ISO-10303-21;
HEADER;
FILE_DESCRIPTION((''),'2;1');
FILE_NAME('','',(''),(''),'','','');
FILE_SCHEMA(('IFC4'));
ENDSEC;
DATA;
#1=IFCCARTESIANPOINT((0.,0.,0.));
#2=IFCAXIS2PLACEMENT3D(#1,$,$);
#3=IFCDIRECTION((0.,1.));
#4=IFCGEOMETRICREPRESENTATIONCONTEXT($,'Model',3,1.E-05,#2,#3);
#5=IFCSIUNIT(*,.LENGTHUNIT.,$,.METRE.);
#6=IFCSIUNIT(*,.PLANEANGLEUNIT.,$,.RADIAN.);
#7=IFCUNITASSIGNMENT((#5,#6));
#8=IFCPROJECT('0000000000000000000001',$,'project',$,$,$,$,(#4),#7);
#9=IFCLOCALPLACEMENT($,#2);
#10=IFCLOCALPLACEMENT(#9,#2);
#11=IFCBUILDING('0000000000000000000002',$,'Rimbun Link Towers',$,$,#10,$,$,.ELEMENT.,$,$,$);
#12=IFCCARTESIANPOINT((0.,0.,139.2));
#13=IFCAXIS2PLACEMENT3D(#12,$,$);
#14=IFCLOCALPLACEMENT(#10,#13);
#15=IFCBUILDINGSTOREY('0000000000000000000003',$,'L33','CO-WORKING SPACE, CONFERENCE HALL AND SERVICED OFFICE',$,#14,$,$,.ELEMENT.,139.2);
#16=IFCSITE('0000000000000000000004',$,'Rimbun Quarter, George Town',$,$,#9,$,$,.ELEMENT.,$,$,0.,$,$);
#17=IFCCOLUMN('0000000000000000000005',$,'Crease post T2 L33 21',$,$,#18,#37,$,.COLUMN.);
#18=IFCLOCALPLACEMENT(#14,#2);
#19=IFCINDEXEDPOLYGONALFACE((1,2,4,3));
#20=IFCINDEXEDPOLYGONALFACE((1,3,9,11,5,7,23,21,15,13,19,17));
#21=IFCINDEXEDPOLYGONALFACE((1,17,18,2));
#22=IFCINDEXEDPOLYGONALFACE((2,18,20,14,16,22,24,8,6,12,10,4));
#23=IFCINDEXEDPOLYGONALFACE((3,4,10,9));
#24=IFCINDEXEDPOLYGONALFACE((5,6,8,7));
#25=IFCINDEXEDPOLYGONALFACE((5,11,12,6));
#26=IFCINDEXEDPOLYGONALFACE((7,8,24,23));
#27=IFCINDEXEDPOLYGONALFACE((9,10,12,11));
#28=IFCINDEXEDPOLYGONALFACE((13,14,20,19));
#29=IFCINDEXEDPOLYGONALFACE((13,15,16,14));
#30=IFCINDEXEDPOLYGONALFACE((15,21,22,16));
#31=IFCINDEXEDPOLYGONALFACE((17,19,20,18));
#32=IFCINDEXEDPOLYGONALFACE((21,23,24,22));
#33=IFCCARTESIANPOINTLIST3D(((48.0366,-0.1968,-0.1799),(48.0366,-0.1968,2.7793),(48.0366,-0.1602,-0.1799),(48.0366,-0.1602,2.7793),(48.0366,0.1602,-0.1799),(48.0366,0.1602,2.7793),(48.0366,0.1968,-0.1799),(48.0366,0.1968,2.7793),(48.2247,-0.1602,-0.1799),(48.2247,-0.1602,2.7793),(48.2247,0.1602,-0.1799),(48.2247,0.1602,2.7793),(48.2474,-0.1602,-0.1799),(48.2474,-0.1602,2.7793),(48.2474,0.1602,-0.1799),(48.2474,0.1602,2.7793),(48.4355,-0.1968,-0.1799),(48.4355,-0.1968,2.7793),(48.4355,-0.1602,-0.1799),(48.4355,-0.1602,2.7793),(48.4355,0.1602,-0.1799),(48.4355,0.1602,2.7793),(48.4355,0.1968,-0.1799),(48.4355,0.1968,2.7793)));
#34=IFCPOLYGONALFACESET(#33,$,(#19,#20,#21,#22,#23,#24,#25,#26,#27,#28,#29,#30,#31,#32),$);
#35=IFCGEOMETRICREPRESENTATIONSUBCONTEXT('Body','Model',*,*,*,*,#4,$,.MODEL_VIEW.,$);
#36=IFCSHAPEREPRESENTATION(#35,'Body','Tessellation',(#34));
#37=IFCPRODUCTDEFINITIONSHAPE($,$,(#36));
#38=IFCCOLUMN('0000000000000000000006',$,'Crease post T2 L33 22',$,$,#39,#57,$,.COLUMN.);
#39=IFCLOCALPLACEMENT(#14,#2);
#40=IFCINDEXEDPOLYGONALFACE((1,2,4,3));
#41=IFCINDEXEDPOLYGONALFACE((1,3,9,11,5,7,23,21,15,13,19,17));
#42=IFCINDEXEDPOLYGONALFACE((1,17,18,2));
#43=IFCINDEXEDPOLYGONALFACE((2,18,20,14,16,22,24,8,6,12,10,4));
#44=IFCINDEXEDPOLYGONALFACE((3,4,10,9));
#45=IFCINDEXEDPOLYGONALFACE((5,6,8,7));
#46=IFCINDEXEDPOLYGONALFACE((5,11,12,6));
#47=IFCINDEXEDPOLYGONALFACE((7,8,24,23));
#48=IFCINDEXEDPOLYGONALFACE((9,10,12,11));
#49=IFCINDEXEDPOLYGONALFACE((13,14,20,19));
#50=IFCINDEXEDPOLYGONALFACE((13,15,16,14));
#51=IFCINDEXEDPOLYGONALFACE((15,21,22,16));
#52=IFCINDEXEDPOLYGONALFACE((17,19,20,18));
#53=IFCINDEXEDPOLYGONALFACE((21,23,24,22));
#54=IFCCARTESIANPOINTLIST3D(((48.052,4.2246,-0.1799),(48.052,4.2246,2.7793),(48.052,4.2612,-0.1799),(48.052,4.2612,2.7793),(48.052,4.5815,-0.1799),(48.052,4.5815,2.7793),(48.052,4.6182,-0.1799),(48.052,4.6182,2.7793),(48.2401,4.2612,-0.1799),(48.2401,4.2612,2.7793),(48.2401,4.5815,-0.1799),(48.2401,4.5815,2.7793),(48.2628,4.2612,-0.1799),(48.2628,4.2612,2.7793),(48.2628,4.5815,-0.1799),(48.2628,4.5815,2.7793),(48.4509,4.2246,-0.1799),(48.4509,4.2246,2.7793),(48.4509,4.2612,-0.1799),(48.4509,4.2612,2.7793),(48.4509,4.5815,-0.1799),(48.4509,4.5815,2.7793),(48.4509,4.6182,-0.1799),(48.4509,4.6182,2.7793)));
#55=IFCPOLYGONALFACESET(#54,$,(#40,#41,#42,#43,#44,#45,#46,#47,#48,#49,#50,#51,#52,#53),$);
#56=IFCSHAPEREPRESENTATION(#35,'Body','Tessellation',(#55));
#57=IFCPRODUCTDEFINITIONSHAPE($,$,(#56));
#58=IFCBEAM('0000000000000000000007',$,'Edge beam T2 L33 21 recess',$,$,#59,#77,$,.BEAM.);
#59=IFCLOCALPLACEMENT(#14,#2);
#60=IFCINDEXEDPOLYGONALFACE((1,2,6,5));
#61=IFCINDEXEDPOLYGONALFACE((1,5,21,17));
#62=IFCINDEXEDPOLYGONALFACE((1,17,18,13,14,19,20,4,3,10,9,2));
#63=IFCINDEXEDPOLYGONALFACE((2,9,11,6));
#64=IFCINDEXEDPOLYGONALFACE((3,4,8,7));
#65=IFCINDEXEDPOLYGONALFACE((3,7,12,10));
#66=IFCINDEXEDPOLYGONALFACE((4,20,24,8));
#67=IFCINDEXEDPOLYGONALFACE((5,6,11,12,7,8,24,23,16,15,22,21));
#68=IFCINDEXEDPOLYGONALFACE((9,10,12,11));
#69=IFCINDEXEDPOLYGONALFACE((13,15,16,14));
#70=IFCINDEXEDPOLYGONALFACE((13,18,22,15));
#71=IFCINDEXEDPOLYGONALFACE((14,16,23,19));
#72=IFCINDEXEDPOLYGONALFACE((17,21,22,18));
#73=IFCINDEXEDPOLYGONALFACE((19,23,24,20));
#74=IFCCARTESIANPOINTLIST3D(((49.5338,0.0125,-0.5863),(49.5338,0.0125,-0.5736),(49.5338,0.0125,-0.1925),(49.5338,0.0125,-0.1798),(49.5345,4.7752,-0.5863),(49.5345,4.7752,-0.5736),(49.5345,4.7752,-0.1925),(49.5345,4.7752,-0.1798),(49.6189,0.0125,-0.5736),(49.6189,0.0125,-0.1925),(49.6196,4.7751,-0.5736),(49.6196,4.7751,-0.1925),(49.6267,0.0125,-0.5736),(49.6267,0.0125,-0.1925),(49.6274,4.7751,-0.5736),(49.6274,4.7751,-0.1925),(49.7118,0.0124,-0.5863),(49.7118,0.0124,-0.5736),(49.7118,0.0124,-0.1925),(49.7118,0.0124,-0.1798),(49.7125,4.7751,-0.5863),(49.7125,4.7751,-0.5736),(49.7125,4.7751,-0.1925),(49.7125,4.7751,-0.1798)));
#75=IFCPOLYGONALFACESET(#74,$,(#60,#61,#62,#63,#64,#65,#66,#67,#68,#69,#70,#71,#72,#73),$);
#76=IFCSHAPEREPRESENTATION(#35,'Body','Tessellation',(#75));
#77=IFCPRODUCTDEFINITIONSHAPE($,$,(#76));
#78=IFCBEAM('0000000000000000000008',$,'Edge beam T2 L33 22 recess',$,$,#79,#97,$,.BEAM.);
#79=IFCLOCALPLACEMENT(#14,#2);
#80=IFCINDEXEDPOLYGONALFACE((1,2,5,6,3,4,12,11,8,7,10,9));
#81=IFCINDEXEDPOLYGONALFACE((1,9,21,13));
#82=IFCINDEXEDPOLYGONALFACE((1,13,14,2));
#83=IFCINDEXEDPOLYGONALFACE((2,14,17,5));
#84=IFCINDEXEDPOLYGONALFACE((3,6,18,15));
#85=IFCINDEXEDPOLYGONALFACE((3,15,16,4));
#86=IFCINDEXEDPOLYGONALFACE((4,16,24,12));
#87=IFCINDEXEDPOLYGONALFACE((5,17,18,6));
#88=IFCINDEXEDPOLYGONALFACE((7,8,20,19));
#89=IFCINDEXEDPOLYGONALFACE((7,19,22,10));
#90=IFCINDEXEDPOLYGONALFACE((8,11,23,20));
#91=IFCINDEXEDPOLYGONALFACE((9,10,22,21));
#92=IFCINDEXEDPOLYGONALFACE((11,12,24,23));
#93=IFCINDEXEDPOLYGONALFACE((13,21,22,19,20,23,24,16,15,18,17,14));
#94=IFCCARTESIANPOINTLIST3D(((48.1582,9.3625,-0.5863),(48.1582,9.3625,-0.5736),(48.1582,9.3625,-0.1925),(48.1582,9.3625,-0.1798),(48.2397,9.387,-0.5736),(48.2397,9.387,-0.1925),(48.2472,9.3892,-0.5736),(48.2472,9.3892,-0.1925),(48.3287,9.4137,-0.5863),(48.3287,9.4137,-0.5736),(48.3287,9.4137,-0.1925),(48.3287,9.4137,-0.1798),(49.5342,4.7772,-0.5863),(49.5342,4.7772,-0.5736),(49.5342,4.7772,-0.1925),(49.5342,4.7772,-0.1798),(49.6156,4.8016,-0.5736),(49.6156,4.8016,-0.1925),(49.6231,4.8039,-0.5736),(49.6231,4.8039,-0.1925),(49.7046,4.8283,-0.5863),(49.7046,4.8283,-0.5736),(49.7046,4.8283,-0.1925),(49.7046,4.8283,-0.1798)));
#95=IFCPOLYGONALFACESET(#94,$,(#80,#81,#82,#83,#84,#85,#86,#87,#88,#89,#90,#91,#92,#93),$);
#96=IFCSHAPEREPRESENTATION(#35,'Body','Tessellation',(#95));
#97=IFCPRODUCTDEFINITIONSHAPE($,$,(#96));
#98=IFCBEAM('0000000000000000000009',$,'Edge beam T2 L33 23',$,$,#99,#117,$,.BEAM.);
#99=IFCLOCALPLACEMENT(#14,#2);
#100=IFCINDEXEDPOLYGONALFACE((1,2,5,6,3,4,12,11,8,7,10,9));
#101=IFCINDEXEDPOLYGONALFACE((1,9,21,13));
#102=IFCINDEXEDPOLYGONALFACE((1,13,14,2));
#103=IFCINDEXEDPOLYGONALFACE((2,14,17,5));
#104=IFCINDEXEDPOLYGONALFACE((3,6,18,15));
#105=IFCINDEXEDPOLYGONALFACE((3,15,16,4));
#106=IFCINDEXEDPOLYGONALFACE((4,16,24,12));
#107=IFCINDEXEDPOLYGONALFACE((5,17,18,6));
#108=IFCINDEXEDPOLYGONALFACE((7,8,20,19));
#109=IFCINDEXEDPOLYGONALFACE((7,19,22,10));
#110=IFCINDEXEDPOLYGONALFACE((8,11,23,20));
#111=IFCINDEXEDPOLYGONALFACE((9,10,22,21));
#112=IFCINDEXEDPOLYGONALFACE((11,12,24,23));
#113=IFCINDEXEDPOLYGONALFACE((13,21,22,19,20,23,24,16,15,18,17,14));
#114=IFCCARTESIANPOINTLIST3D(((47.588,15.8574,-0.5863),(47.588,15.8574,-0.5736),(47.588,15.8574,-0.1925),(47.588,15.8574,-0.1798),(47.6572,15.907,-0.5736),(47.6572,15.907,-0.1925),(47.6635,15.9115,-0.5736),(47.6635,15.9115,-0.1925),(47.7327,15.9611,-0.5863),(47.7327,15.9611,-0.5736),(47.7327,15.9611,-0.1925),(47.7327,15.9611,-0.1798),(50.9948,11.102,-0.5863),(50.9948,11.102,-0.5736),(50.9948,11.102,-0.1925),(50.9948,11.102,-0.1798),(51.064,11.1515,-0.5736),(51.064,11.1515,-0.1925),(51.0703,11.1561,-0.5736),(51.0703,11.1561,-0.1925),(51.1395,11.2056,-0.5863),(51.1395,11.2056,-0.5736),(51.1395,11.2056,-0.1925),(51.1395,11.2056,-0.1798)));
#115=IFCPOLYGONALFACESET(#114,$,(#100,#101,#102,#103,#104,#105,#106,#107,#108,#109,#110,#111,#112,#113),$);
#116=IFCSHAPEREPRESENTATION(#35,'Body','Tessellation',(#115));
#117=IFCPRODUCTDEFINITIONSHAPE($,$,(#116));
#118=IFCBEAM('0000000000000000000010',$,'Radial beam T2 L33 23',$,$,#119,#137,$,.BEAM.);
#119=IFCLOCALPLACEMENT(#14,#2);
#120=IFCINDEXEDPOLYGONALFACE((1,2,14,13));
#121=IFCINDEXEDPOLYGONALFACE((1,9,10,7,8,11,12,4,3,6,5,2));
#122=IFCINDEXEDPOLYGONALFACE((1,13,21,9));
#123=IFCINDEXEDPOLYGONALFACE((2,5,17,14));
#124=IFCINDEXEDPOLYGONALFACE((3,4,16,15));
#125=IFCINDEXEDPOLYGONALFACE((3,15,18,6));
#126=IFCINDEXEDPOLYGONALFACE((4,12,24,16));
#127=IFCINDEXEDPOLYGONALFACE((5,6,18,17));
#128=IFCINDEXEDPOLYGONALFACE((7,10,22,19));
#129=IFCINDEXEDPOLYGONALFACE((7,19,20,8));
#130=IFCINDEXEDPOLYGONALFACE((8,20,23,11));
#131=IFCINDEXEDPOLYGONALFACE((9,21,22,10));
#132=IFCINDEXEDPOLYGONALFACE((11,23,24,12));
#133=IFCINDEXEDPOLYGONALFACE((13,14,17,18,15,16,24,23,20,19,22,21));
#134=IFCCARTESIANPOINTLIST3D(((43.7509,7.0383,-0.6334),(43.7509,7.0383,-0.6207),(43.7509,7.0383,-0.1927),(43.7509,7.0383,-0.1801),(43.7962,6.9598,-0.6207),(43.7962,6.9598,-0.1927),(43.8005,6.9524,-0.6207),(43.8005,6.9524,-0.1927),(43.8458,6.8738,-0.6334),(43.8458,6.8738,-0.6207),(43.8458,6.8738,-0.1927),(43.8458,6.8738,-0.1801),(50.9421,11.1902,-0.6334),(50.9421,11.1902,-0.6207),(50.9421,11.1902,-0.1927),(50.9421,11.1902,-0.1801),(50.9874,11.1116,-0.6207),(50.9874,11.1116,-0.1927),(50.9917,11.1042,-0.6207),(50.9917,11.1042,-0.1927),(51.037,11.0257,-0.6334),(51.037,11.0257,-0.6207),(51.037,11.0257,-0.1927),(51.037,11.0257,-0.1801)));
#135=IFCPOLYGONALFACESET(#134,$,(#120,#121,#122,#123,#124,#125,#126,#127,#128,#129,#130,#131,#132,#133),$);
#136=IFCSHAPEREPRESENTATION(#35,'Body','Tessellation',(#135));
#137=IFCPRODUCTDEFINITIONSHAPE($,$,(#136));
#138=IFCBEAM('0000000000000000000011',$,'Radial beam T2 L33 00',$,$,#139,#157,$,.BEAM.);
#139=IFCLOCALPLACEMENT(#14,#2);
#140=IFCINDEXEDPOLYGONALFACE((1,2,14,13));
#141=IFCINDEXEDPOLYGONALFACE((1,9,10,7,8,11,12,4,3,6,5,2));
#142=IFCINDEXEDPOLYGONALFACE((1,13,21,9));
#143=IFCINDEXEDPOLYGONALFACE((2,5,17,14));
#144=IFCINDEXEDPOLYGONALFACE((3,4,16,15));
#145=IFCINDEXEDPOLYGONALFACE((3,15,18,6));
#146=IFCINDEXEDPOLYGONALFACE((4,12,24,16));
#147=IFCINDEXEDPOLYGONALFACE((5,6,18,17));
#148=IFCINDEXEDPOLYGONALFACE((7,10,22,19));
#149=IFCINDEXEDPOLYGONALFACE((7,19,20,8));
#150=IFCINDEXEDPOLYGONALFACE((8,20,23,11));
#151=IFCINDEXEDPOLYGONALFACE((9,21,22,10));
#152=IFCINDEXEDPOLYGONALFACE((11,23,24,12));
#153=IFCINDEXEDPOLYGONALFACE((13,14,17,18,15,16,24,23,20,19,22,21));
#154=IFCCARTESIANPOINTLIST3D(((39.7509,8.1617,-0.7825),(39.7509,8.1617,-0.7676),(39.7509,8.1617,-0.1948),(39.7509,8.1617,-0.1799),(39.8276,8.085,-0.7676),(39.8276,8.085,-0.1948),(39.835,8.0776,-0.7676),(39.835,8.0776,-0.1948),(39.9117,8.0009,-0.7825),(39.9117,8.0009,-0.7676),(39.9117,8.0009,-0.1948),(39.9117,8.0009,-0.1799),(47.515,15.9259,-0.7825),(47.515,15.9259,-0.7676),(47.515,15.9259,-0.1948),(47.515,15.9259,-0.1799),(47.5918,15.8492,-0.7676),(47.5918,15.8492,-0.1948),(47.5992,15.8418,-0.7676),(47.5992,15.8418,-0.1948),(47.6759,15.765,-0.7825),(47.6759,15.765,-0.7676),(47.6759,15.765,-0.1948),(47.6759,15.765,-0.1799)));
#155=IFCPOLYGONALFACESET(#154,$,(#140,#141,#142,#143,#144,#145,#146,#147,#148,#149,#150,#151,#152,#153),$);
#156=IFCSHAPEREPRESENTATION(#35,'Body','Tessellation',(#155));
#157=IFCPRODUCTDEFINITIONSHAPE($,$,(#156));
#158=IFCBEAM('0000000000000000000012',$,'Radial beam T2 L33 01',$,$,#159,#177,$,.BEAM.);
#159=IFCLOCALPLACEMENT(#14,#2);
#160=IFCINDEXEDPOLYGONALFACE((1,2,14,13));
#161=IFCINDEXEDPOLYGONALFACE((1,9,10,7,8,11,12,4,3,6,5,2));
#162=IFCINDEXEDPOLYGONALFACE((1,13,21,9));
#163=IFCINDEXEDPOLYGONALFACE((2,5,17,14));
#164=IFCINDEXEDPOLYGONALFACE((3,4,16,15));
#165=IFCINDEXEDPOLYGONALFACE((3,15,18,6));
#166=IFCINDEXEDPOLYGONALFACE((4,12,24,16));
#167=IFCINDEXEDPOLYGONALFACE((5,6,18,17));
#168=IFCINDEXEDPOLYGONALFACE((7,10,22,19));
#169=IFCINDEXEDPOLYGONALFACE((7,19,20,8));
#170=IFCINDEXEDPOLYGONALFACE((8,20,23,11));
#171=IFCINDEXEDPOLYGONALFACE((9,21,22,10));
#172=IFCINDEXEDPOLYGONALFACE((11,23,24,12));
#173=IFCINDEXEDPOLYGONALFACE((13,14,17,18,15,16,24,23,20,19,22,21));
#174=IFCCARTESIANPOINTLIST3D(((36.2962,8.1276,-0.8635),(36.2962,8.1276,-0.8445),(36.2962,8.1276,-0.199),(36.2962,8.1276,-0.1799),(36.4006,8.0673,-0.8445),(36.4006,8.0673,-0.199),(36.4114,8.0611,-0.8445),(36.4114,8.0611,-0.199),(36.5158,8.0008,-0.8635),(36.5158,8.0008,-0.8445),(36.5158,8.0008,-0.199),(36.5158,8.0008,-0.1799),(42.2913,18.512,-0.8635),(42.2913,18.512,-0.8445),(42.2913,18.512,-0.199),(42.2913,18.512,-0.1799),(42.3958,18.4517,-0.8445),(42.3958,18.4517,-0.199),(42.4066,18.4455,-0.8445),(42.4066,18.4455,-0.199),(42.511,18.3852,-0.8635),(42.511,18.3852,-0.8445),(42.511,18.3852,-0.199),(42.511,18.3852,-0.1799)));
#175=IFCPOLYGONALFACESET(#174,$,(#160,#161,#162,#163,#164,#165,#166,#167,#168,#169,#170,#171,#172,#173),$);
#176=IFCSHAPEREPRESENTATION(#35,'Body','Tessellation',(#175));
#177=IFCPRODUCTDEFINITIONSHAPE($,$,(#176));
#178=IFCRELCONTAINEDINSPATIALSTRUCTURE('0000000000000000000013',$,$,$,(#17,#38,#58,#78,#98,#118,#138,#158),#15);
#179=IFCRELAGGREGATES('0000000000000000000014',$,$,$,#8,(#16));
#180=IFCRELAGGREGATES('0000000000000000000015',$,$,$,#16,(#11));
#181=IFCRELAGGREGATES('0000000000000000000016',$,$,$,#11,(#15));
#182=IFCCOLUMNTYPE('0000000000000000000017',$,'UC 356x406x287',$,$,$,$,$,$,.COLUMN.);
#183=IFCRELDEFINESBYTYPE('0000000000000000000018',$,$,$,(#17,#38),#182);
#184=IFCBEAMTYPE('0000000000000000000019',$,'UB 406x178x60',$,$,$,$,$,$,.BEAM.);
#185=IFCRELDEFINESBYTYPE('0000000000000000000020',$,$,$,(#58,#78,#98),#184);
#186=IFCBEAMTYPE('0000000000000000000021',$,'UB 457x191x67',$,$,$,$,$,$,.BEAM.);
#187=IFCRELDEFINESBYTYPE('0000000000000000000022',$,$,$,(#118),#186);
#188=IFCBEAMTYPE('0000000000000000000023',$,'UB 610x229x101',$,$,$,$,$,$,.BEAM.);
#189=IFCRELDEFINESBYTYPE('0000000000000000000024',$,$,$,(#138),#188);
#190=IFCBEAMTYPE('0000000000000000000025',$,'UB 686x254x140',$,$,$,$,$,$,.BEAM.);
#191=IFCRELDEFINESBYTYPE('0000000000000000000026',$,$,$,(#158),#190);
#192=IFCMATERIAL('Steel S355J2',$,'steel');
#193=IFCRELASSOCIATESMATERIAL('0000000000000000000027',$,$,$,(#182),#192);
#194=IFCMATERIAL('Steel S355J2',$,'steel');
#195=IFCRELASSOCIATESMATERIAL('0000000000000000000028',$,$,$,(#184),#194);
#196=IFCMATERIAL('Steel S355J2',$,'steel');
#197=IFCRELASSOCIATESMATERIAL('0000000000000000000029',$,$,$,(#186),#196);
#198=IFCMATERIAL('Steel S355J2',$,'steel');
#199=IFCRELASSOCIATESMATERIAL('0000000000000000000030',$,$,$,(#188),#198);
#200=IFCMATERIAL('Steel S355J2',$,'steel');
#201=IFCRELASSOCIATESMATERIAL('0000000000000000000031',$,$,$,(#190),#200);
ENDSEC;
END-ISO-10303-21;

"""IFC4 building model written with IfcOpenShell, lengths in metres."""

from ifc_helpers import new_model, si_unit, direction, frame, origin, origin_2d, place, context, subcontext, project, spatial, i_section, extrude, material, material_profile, profile_set, type_object, element, save


model = new_model("IFC4")

# Units and contexts
model_context = context("Model", 3, precision=1e-05, world=origin(), true_north=direction((0.0, 1.0)))
body_context = subcontext(model_context, "Body", "Model", "MODEL_VIEW")
ifc_project = project(units=[si_unit("LENGTHUNIT", "METRE"), si_unit("PLANEANGLEUNIT", "RADIAN")], contexts=[model_context])

# Site, building, storey
site_placement = place(None, origin())
site = spatial("IfcSite", under=ifc_project, at=site_placement, Name="Rimbun Quarter, George Town", CompositionType="ELEMENT", RefElevation=0.0)
building_placement = place(site_placement, origin())
building = spatial("IfcBuilding", under=site, at=building_placement, Name="Rimbun Link Towers", CompositionType="ELEMENT")
storey_placement = place(building_placement, frame((0.0, 0.0, 139.2)))
storey = spatial("IfcBuildingStorey", under=building, at=storey_placement, Name="L33", Description="CO-WORKING SPACE, CONFERENCE HALL AND SERVICED OFFICE", CompositionType="ELEMENT", Elevation=139.2)

# Columns
ifc_material_1 = material(Name="Steel S355J2", Category="steel")
ifc_material_profile_1 = material_profile(ifc_material_1, i_section(OverallWidth=0.3989, OverallDepth=0.3936, WebThickness=0.0227, FlangeThickness=0.0366, at=origin_2d()), Name="UC 356x406x287")
ifc_profile_set_1 = profile_set([ifc_material_profile_1], Name="Steel S355J2")
column_type = type_object("IfcColumnType", Name="UC 356x406x287", PredefinedType="COLUMN", material=ifc_profile_set_1)
for number, where, z_axis, x_axis, name in (
    (1, (48.2361, 0.0, -0.1799), (0.0, 0.0, 1.0), (1.0, 0.0, 0.0), "Crease post T2 L33 21"),
    (2, (48.2515, 4.4214, -0.1799), (0.0, 0.0, 1.0), (1.0, 0.0, 0.0), "Crease post T2 L33 22"),
):
    element("IfcColumn", number, at=place(storey_placement, frame(where, z_axis=z_axis, x_axis=x_axis)), inside=storey, type_object=column_type, Name=name, PredefinedType="COLUMN", context=body_context, shape_type="SweptSolid", body=[
        extrude(i_section(OverallWidth=0.3989, OverallDepth=0.3936, WebThickness=0.0227, FlangeThickness=0.0366, at=origin_2d()), origin(), (0.0, 0.0, 1.0), 2.9592),
    ])

# Beams
ifc_material_2 = material(Name="Steel S355J2", Category="steel")
ifc_material_profile_2 = material_profile(ifc_material_2, i_section(OverallWidth=0.178, OverallDepth=0.4065, WebThickness=0.0078, FlangeThickness=0.0127, at=origin_2d()), Name="UB 406x178x60")
ifc_profile_set_2 = profile_set([ifc_material_profile_2], Name="Steel S355J2")
beam_type_1 = type_object("IfcBeamType", Name="UB 406x178x60", PredefinedType="BEAM", material=ifc_profile_set_2)
beam_1_placement = place(storey_placement, frame((49.6228, 0.0125, -0.3831), z_axis=(0.000154, 1.0, 0.0), x_axis=(-1.0, 0.000154, 0.0)))
element("IfcBeam", 3, at=beam_1_placement, inside=storey, type_object=beam_type_1, Name="Edge beam T2 L33 21 recess", PredefinedType="BEAM", context=body_context, shape_type="SweptSolid", body=[
    extrude(i_section(OverallWidth=0.178, OverallDepth=0.4065, WebThickness=0.0078, FlangeThickness=0.0127, at=origin_2d()), origin(), (0.0, 0.0, 1.0), 4.7627),
])
beam_2_placement = place(storey_placement, frame((49.6194, 4.8027, -0.3831), z_axis=(-0.287413, 0.957807, 0.0), x_axis=(-0.957807, -0.287413, 0.0)))
element("IfcBeam", 4, at=beam_2_placement, inside=storey, type_object=beam_type_1, Name="Edge beam T2 L33 22 recess", PredefinedType="BEAM", context=body_context, shape_type="SweptSolid", body=[
    extrude(i_section(OverallWidth=0.178, OverallDepth=0.4065, WebThickness=0.0078, FlangeThickness=0.0127, at=origin_2d()), origin(), (0.0, 0.0, 1.0), 4.7874),
])
beam_3_placement = place(storey_placement, frame((51.0671, 11.1538, -0.3831), z_axis=(-0.582375, 0.812921, 0.0), x_axis=(-0.812921, -0.582375, 0.0)))
element("IfcBeam", 5, at=beam_3_placement, inside=storey, type_object=beam_type_1, Name="Edge beam T2 L33 23", PredefinedType="BEAM", context=body_context, shape_type="SweptSolid", body=[
    extrude(i_section(OverallWidth=0.178, OverallDepth=0.4065, WebThickness=0.0078, FlangeThickness=0.0127, at=origin_2d()), origin(), (0.0, 0.0, 1.0), 5.8499),
])
ifc_material_3 = material(Name="Steel S355J2", Category="steel")
ifc_material_profile_3 = material_profile(ifc_material_3, i_section(OverallWidth=0.1899, OverallDepth=0.4534, WebThickness=0.0085, FlangeThickness=0.0127, at=origin_2d()), Name="UB 457x191x67")
ifc_profile_set_3 = profile_set([ifc_material_profile_3], Name="Steel S355J2")
beam_type_2 = type_object("IfcBeamType", Name="UB 457x191x67", PredefinedType="BEAM", material=ifc_profile_set_3)
beam_4_placement = place(storey_placement, frame((43.7983, 6.9561, -0.4067), z_axis=(0.866024, 0.500003, 0.0), x_axis=(-0.500003, 0.866024, 0.0)))
element("IfcBeam", 6, at=beam_4_placement, inside=storey, type_object=beam_type_2, Name="Radial beam T2 L33 23", PredefinedType="BEAM", context=body_context, shape_type="SweptSolid", body=[
    extrude(i_section(OverallWidth=0.1899, OverallDepth=0.4534, WebThickness=0.0085, FlangeThickness=0.0127, at=origin_2d()), origin(), (0.0, 0.0, 1.0), 8.3037),
])
ifc_material_4 = material(Name="Steel S355J2", Category="steel")
ifc_material_profile_4 = material_profile(ifc_material_4, i_section(OverallWidth=0.2275, OverallDepth=0.6025, WebThickness=0.0105, FlangeThickness=0.0149, at=origin_2d()), Name="UB 610x229x101")
ifc_profile_set_4 = profile_set([ifc_material_profile_4], Name="Steel S355J2")
beam_type_3 = type_object("IfcBeamType", Name="UB 610x229x101", PredefinedType="BEAM", material=ifc_profile_set_4)
beam_5_placement = place(storey_placement, frame((39.8313, 8.0813, -0.4812), z_axis=(0.707107, 0.707107, 0.0), x_axis=(-0.707107, 0.707107, 0.0)))
element("IfcBeam", 7, at=beam_5_placement, inside=storey, type_object=beam_type_3, Name="Radial beam T2 L33 00", PredefinedType="BEAM", context=body_context, shape_type="SweptSolid", body=[
    extrude(i_section(OverallWidth=0.2275, OverallDepth=0.6025, WebThickness=0.0105, FlangeThickness=0.0149, at=origin_2d()), origin(), (0.0, 0.0, 1.0), 10.9802),
])
ifc_material_5 = material(Name="Steel S355J2", Category="steel")
ifc_material_profile_5 = material_profile(ifc_material_5, i_section(OverallWidth=0.2537, OverallDepth=0.6836, WebThickness=0.0125, FlangeThickness=0.019, at=origin_2d()), Name="UB 686x254x140")
ifc_profile_set_5 = profile_set([ifc_material_profile_5], Name="Steel S355J2")
beam_type_4 = type_object("IfcBeamType", Name="UB 686x254x140", PredefinedType="BEAM", material=ifc_profile_set_5)
beam_6_placement = place(storey_placement, frame((36.406, 8.0642, -0.5217), z_axis=(0.499984, 0.866034, 0.0), x_axis=(-0.866034, 0.499984, 0.0)))
element("IfcBeam", 8, at=beam_6_placement, inside=storey, type_object=beam_type_4, Name="Radial beam T2 L33 01", PredefinedType="BEAM", context=body_context, shape_type="SweptSolid", body=[
    extrude(i_section(OverallWidth=0.2537, OverallDepth=0.6836, WebThickness=0.0125, FlangeThickness=0.019, at=origin_2d()), origin(), (0.0, 0.0, 1.0), 11.9907),
])

save(model, "model.ifc")
